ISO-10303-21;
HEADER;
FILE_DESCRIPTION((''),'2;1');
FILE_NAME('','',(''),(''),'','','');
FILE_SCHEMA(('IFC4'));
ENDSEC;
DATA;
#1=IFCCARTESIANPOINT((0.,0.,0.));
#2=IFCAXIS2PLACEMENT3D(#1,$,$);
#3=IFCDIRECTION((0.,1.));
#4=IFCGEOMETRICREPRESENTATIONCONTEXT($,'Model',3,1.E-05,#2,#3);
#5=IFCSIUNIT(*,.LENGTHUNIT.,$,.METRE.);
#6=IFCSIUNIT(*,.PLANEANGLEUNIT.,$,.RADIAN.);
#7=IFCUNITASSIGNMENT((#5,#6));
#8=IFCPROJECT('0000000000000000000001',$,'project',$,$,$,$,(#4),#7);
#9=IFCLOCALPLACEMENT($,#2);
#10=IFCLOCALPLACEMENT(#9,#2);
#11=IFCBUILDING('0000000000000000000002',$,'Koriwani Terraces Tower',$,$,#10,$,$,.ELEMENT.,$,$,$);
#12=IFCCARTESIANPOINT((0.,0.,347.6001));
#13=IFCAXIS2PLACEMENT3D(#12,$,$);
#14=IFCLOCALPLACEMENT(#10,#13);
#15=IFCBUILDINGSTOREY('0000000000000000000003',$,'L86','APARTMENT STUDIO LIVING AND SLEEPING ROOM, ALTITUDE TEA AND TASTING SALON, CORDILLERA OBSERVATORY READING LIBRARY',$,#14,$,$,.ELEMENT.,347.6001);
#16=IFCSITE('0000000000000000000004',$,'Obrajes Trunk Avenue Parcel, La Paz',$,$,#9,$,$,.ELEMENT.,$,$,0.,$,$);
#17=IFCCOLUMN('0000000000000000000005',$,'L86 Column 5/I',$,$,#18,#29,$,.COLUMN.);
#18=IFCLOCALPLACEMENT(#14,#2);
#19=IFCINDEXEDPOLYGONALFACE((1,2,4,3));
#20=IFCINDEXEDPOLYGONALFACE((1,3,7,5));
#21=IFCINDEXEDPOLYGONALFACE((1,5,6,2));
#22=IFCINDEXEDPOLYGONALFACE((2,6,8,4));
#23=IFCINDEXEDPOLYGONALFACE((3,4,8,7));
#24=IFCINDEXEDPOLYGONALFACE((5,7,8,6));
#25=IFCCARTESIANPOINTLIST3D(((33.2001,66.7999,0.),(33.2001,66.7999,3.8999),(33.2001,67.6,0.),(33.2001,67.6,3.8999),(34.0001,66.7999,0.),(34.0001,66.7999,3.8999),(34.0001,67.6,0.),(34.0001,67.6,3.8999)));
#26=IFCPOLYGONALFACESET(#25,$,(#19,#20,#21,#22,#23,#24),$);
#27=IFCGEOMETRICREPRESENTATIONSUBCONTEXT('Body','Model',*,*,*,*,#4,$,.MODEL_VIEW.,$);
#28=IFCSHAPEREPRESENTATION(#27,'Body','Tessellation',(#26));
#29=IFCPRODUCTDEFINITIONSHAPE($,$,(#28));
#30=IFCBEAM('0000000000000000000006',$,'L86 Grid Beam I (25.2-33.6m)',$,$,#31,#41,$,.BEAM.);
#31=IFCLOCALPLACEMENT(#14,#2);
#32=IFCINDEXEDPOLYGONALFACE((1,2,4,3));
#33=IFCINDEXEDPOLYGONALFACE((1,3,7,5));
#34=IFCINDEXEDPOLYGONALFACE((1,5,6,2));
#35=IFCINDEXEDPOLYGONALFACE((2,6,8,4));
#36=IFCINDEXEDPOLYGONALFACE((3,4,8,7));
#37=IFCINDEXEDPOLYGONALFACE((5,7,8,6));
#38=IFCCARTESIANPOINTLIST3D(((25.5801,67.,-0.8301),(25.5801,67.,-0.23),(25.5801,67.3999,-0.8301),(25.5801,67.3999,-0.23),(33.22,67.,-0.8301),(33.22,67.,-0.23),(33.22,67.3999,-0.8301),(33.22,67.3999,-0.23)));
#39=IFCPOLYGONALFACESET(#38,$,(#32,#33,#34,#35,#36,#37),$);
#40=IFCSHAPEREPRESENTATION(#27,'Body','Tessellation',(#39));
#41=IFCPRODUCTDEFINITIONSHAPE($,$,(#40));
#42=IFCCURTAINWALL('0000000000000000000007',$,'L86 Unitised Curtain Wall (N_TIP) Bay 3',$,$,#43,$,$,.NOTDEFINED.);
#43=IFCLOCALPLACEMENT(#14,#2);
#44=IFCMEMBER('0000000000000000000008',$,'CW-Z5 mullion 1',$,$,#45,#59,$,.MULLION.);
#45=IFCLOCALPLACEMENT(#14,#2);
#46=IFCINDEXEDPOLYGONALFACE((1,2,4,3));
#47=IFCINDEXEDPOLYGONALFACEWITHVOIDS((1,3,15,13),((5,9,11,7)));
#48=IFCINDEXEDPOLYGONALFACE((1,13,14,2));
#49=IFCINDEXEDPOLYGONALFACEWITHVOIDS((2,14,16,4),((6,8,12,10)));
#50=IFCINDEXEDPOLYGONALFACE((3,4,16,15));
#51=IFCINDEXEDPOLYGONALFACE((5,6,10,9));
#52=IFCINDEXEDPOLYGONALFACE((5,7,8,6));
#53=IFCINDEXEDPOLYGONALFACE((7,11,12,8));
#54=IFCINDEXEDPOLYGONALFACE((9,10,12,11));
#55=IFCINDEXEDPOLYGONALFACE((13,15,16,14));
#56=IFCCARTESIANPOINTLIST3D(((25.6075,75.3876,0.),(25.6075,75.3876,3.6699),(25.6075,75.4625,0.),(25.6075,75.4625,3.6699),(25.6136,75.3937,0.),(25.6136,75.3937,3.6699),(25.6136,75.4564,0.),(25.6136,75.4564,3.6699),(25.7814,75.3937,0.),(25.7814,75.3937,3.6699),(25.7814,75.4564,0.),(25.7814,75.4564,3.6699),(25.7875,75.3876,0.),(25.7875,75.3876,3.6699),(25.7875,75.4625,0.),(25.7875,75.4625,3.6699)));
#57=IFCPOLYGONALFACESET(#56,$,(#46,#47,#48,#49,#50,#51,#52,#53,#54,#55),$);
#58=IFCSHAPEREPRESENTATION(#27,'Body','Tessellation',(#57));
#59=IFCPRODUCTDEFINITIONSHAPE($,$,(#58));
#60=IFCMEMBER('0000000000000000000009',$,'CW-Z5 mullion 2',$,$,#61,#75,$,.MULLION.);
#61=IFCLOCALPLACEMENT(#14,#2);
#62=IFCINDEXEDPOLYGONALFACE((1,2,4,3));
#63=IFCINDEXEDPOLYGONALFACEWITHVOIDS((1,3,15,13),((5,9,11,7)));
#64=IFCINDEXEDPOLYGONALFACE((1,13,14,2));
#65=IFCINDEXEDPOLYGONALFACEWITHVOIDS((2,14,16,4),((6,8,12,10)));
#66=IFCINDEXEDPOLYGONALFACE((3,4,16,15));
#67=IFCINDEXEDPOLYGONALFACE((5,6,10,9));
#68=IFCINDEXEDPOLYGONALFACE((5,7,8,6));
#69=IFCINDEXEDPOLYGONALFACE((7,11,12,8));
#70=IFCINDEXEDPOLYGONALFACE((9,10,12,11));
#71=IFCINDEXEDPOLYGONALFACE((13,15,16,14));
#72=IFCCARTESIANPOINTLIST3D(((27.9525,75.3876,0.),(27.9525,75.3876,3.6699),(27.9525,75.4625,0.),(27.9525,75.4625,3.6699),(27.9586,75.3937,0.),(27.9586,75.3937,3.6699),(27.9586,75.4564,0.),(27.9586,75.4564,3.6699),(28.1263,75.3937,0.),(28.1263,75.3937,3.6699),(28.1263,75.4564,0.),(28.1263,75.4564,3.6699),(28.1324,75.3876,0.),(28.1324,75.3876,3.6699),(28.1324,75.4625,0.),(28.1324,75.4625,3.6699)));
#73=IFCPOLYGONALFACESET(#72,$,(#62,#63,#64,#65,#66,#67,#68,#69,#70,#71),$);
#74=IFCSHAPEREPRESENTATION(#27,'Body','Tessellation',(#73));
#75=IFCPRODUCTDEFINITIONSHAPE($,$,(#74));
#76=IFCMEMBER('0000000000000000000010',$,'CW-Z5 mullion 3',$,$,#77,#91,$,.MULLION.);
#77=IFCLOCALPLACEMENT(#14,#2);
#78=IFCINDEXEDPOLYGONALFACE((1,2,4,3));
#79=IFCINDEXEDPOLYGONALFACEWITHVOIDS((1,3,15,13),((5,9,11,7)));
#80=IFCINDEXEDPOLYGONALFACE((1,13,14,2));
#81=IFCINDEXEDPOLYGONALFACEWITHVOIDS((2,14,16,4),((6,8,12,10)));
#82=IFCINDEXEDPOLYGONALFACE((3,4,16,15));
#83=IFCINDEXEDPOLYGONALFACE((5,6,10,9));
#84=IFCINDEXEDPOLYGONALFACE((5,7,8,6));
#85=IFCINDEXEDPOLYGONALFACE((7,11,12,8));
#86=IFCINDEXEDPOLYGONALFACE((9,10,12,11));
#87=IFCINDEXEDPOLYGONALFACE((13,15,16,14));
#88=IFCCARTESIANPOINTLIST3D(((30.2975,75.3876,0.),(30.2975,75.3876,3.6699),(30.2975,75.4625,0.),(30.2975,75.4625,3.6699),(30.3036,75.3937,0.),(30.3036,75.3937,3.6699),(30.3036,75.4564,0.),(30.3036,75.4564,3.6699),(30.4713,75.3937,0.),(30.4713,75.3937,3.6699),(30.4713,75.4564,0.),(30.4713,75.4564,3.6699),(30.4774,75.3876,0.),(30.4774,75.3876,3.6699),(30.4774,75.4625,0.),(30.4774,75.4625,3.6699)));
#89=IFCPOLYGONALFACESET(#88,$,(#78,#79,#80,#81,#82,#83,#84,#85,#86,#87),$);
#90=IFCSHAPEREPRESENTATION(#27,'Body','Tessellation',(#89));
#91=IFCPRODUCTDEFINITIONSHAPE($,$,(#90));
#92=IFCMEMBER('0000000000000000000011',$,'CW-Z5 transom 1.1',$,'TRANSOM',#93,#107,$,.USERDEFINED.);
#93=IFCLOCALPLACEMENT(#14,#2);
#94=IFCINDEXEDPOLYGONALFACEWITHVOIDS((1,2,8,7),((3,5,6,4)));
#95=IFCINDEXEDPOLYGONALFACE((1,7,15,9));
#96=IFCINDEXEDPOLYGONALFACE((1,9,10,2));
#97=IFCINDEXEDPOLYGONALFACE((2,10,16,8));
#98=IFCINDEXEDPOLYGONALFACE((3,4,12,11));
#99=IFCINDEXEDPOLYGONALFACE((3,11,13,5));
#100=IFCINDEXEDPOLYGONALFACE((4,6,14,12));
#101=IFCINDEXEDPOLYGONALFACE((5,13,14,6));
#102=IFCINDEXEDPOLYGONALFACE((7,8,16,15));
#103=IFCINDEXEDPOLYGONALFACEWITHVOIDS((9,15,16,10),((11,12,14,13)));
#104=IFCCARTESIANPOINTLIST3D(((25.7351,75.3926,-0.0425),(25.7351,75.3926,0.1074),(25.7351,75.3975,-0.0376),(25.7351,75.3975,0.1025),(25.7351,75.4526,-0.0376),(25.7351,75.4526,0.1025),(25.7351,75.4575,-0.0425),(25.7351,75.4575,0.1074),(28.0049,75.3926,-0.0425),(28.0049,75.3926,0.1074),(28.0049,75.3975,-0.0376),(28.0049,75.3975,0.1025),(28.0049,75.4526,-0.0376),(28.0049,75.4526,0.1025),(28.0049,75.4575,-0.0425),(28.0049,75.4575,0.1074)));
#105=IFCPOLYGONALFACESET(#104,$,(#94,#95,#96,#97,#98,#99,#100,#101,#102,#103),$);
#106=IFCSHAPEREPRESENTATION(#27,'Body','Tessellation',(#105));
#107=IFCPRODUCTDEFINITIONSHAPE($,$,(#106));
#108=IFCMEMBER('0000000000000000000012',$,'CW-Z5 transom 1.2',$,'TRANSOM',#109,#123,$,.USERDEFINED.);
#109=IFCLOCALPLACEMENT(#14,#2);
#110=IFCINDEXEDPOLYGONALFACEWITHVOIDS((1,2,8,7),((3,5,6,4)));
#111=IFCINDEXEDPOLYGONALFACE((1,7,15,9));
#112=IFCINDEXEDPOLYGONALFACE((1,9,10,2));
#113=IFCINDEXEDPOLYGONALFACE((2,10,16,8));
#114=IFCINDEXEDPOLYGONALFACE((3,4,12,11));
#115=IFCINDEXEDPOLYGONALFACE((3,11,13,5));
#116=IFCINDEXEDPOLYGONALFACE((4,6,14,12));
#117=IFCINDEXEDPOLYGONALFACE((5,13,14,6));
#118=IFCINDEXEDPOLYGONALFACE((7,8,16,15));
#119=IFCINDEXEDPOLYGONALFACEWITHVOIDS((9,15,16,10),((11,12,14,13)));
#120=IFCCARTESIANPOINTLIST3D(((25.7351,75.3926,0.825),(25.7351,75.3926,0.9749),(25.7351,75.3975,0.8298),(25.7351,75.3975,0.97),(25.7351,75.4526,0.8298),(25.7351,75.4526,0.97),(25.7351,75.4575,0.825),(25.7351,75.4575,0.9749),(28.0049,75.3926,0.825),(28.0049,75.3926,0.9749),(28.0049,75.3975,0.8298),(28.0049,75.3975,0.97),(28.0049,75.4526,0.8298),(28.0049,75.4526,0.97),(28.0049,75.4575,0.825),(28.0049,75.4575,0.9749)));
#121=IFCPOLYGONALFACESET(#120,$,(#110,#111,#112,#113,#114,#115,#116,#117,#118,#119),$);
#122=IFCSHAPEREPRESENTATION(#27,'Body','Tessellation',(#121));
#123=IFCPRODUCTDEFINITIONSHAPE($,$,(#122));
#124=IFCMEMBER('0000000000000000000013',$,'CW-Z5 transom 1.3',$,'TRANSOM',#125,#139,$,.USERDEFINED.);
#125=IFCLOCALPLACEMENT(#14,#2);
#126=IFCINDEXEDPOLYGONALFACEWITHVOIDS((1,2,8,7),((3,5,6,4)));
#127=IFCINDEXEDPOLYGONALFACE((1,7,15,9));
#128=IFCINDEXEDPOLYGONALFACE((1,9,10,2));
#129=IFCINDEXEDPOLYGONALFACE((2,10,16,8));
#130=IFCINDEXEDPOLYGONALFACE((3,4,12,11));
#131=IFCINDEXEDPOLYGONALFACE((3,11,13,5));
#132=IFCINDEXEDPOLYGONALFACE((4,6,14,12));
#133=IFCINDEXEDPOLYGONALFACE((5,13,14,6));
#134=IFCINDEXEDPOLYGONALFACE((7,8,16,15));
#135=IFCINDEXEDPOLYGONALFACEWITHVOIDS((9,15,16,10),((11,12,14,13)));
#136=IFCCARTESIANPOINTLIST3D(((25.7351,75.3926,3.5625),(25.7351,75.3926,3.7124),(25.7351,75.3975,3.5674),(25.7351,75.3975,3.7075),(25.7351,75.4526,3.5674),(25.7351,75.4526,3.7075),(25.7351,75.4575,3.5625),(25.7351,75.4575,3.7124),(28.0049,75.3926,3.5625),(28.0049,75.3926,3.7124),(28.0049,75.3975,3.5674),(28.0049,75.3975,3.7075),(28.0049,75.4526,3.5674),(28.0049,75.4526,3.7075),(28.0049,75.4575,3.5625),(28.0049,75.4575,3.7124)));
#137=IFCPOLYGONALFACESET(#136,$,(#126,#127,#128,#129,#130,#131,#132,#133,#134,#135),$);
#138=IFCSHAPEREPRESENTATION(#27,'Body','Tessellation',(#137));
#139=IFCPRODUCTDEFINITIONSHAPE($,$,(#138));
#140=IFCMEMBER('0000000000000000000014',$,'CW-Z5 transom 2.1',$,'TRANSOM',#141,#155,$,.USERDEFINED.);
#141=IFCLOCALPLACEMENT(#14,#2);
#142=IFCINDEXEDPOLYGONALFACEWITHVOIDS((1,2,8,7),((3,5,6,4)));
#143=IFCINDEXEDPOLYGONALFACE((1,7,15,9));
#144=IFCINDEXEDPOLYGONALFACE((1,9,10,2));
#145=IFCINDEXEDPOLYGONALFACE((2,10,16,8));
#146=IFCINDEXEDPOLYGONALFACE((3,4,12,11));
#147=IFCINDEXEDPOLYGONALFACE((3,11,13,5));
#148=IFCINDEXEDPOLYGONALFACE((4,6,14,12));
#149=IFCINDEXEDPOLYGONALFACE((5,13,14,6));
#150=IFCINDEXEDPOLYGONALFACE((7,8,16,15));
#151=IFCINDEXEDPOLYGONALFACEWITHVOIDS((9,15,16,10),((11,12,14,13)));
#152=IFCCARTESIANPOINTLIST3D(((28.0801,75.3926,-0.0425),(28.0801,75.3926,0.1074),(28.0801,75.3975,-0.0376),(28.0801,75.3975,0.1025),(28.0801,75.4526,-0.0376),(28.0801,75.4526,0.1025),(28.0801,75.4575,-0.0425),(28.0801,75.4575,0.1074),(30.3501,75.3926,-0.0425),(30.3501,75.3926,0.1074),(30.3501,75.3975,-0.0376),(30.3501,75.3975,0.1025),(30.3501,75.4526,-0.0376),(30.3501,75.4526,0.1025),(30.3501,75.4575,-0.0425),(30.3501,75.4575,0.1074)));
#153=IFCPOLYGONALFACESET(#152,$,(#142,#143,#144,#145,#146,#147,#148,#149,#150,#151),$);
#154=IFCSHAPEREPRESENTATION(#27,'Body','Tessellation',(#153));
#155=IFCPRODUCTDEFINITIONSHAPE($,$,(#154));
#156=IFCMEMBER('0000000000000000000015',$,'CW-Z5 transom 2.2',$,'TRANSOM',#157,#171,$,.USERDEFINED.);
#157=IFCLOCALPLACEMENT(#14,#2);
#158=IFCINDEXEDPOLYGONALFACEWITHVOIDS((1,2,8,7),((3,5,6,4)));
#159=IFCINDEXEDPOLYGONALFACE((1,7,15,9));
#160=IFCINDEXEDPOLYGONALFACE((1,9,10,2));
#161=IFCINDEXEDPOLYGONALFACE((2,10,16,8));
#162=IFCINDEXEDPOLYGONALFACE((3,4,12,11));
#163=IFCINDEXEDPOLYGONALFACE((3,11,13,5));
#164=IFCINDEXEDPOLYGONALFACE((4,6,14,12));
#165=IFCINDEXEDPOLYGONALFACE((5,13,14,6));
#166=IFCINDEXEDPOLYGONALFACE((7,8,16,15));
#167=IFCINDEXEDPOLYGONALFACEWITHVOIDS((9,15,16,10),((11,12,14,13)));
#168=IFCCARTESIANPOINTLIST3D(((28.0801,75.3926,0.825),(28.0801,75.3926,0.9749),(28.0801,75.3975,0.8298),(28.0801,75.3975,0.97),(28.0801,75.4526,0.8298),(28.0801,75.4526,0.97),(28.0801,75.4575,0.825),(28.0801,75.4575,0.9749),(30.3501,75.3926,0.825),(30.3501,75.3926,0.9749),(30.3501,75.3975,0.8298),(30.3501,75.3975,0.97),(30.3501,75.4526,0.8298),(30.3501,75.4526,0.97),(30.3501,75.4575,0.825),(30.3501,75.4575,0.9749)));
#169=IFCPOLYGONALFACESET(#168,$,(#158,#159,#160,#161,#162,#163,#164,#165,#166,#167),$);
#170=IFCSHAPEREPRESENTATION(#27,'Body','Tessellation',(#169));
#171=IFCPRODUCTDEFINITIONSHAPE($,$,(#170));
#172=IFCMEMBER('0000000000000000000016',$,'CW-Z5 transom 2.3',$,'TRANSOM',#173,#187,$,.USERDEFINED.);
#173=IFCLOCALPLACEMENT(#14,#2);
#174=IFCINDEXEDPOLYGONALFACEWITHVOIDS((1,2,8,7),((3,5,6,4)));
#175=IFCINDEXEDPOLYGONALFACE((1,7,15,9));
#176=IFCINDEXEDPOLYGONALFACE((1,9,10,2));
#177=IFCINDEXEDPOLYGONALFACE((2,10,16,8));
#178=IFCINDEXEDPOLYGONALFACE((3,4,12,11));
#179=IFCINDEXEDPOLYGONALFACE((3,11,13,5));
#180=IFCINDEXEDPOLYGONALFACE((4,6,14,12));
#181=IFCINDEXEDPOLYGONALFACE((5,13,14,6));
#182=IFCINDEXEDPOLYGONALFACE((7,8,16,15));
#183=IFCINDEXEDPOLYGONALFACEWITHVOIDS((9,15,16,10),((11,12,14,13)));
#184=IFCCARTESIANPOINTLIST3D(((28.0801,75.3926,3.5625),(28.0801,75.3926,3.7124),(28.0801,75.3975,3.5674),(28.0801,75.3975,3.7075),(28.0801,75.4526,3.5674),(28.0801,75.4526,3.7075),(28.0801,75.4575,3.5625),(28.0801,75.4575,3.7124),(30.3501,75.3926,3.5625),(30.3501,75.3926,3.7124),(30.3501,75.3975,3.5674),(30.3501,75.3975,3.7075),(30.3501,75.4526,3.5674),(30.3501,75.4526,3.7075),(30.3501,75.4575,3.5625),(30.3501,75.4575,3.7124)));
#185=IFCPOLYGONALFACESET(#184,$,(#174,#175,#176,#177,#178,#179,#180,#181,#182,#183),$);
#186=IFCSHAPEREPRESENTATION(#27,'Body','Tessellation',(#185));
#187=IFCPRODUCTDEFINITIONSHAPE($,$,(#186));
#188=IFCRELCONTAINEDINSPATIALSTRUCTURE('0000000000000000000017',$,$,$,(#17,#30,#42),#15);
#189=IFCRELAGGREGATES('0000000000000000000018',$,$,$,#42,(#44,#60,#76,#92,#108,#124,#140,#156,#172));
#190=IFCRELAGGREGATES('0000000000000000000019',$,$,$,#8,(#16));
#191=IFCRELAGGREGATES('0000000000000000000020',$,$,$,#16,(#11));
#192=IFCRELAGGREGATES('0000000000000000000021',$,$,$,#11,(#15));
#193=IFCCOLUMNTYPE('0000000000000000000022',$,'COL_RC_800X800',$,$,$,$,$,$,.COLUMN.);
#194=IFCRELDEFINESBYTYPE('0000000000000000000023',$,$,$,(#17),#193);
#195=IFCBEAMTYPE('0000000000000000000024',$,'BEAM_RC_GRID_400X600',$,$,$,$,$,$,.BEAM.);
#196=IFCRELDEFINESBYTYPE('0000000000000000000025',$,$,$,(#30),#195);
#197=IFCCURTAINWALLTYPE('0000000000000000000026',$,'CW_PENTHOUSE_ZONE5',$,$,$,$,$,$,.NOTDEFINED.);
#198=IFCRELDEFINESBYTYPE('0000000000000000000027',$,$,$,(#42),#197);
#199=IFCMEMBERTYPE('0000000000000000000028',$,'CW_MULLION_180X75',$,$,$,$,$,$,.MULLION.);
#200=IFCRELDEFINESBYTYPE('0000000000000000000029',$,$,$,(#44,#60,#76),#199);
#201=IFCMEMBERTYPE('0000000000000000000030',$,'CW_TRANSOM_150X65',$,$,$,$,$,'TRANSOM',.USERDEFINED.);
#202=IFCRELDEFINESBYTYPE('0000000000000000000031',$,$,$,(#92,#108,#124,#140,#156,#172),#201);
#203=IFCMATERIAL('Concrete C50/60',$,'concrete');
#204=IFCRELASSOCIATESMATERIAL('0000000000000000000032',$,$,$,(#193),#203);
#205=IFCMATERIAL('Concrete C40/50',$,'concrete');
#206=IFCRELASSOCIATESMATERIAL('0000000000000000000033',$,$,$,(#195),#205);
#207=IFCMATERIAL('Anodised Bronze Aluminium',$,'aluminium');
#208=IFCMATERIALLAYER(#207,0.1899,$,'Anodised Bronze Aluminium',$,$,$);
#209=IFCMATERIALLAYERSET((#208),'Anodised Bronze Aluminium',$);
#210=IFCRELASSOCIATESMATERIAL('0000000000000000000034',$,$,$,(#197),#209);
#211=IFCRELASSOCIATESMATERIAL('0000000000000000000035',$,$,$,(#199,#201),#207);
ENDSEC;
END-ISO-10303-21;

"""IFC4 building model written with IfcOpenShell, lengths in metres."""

from ifc_helpers import new_model, si_unit, direction, frame, origin, origin_2d, place, context, subcontext, project, spatial, rectangle, hollow_rectangle, extrude, material, layer, layer_set, material_profile, profile_set, type_object, element, aggregate, save


model = new_model("IFC4")

# Units and contexts
model_context = context("Model", 3, precision=1e-05, world=origin(), true_north=direction((0.0, 1.0)))
body_context = subcontext(model_context, "Body", "Model", "MODEL_VIEW")
ifc_project = project(units=[si_unit("LENGTHUNIT", "METRE"), si_unit("PLANEANGLEUNIT", "RADIAN")], contexts=[model_context])

# Site, building, storey
site_placement = place(None, origin())
site = spatial("IfcSite", under=ifc_project, at=site_placement, Name="Obrajes Trunk Avenue Parcel, La Paz", CompositionType="ELEMENT", RefElevation=0.0)
building_placement = place(site_placement, origin())
building = spatial("IfcBuilding", under=site, at=building_placement, Name="Koriwani Terraces Tower", CompositionType="ELEMENT")
storey_placement = place(building_placement, frame((0.0, 0.0, 347.6001)))
storey = spatial("IfcBuildingStorey", under=building, at=storey_placement, Name="L86", Description="APARTMENT STUDIO LIVING AND SLEEPING ROOM, ALTITUDE TEA AND TASTING SALON, CORDILLERA OBSERVATORY READING LIBRARY", CompositionType="ELEMENT", Elevation=347.6001)

# Column
ifc_material_1 = material(Name="Concrete C50/60", Category="concrete")
ifc_material_profile_1 = material_profile(ifc_material_1, rectangle(XDim=0.8, YDim=0.8, at=origin_2d()), Name="Concrete C50/60", Category="LoadBearing")
ifc_profile_set_1 = profile_set([ifc_material_profile_1], Name="Concrete C50/60")
column_type = type_object("IfcColumnType", Name="COL_RC_800X800", PredefinedType="COLUMN", material=ifc_profile_set_1)
column_placement = place(storey_placement, frame((33.6001, 67.2, 0.0), z_axis=(0.0, 0.0, 1.0), x_axis=(1.0, 0.0, 0.0)))
element("IfcColumn", 1, at=column_placement, inside=storey, type_object=column_type, Name="L86 Column 5/I", PredefinedType="COLUMN", context=body_context, shape_type="SweptSolid", body=[
    extrude(rectangle(XDim=0.8, YDim=0.8, at=origin_2d()), origin(), (0.0, 0.0, 1.0), 3.8999),
])

# Beam
ifc_material_2 = material(Name="Concrete C40/50", Category="concrete")
ifc_material_profile_2 = material_profile(ifc_material_2, rectangle(XDim=0.3999, YDim=0.6001, at=origin_2d()), Name="Concrete C40/50", Category="LoadBearing")
ifc_profile_set_2 = profile_set([ifc_material_profile_2], Name="Concrete C40/50")
beam_type = type_object("IfcBeamType", Name="BEAM_RC_GRID_400X600", PredefinedType="BEAM", material=ifc_profile_set_2)
beam_placement = place(storey_placement, frame((25.5801, 67.2, -0.53), z_axis=(1.0, 0.0, 0.0), x_axis=(0.0, 1.0, 0.0)))
element("IfcBeam", 2, at=beam_placement, inside=storey, type_object=beam_type, Name="L86 Grid Beam I (25.2-33.6m)", PredefinedType="BEAM", context=body_context, shape_type="SweptSolid", body=[
    extrude(rectangle(XDim=0.3999, YDim=0.6001, at=origin_2d()), origin(), (0.0, 0.0, 1.0), 7.6399),
])

# Curtain wall, members
ifc_material_3 = material(Name="Anodised Bronze Aluminium", Category="aluminium")
ifc_layer_1 = layer(ifc_material_3, 0.1899, Name="Anodised Bronze Aluminium")
ifc_layer_set_1 = layer_set([ifc_layer_1], Name="Anodised Bronze Aluminium")
curtain_wall_type = type_object("IfcCurtainWallType", Name="CW_PENTHOUSE_ZONE5", PredefinedType="NOTDEFINED", material=ifc_layer_set_1)
curtain_wall_placement = place(storey_placement, origin())
curtain_wall = element("IfcCurtainWall", 3, at=curtain_wall_placement, inside=storey, type_object=curtain_wall_type, Name="L86 Unitised Curtain Wall (N_TIP) Bay 3", PredefinedType="NOTDEFINED")
ifc_material_profile_3 = material_profile(ifc_material_3, hollow_rectangle(XDim=0.075, YDim=0.1799, WallThickness=0.0061, at=origin_2d()), Name="Anodised Bronze Aluminium", Category="LoadBearing")
ifc_profile_set_3 = profile_set([ifc_material_profile_3], Name="Anodised Bronze Aluminium")
member_type_1 = type_object("IfcMemberType", Name="CW_MULLION_180X75", PredefinedType="MULLION", material=ifc_profile_set_3)
member_1_placement = place(storey_placement, frame((25.6975, 75.425, 0.0), z_axis=(0.0, 0.0, 1.0), x_axis=(0.0, 1.0, 0.0)))
member_1 = element("IfcMember", 4, at=member_1_placement, type_object=member_type_1, Name="CW-Z5 mullion 1", PredefinedType="MULLION", context=body_context, shape_type="SweptSolid", body=[
    extrude(hollow_rectangle(XDim=0.075, YDim=0.1799, WallThickness=0.0061, at=origin_2d()), origin(), (0.0, 0.0, 1.0), 3.6699),
])
member_2_placement = place(storey_placement, frame((28.0425, 75.425, 0.0), z_axis=(0.0, 0.0, 1.0), x_axis=(0.0, 1.0, 0.0)))
member_2 = element("IfcMember", 5, at=member_2_placement, type_object=member_type_1, Name="CW-Z5 mullion 2", PredefinedType="MULLION", context=body_context, shape_type="SweptSolid", body=[
    extrude(hollow_rectangle(XDim=0.075, YDim=0.1799, WallThickness=0.0061, at=origin_2d()), origin(), (0.0, 0.0, 1.0), 3.6699),
])
member_3_placement = place(storey_placement, frame((30.3875, 75.425, 0.0), z_axis=(0.0, 0.0, 1.0), x_axis=(0.0, 1.0, 0.0)))
member_3 = element("IfcMember", 6, at=member_3_placement, type_object=member_type_1, Name="CW-Z5 mullion 3", PredefinedType="MULLION", context=body_context, shape_type="SweptSolid", body=[
    extrude(hollow_rectangle(XDim=0.075, YDim=0.1799, WallThickness=0.0061, at=origin_2d()), origin(), (0.0, 0.0, 1.0), 3.6699),
])
ifc_material_profile_4 = material_profile(ifc_material_3, hollow_rectangle(XDim=0.0649, YDim=0.1499, WallThickness=0.0049, at=origin_2d()), Name="Anodised Bronze Aluminium", Category="LoadBearing")
ifc_profile_set_4 = profile_set([ifc_material_profile_4], Name="Anodised Bronze Aluminium")
member_type_2 = type_object("IfcMemberType", Name="CW_TRANSOM_150X65", ElementType="TRANSOM", PredefinedType="USERDEFINED", material=ifc_profile_set_4)
member_4_placement = place(storey_placement, frame((25.7351, 75.425, 0.0325), z_axis=(1.0, 0.0, 0.0), x_axis=(0.0, 1.0, 0.0)))
member_4 = element("IfcMember", 7, at=member_4_placement, type_object=member_type_2, Name="CW-Z5 transom 1.1", ObjectType="TRANSOM", PredefinedType="USERDEFINED", context=body_context, shape_type="SweptSolid", body=[
    extrude(hollow_rectangle(XDim=0.0649, YDim=0.1499, WallThickness=0.0049, at=origin_2d()), origin(), (0.0, 0.0, 1.0), 2.2698),
])
member_5_placement = place(storey_placement, frame((25.7351, 75.425, 0.8999), z_axis=(1.0, 0.0, 0.0), x_axis=(0.0, 1.0, 0.0)))
member_5 = element("IfcMember", 8, at=member_5_placement, type_object=member_type_2, Name="CW-Z5 transom 1.2", ObjectType="TRANSOM", PredefinedType="USERDEFINED", context=body_context, shape_type="SweptSolid", body=[
    extrude(hollow_rectangle(XDim=0.0649, YDim=0.1499, WallThickness=0.0049, at=origin_2d()), origin(), (0.0, 0.0, 1.0), 2.2698),
])
member_6_placement = place(storey_placement, frame((25.7351, 75.425, 3.6375), z_axis=(1.0, 0.0, 0.0), x_axis=(0.0, 1.0, 0.0)))
member_6 = element("IfcMember", 9, at=member_6_placement, type_object=member_type_2, Name="CW-Z5 transom 1.3", ObjectType="TRANSOM", PredefinedType="USERDEFINED", context=body_context, shape_type="SweptSolid", body=[
    extrude(hollow_rectangle(XDim=0.0649, YDim=0.1499, WallThickness=0.0049, at=origin_2d()), origin(), (0.0, 0.0, 1.0), 2.2698),
])
member_7_placement = place(storey_placement, frame((28.0801, 75.425, 0.0325), z_axis=(1.0, 0.0, 0.0), x_axis=(0.0, 1.0, 0.0)))
member_7 = element("IfcMember", 10, at=member_7_placement, type_object=member_type_2, Name="CW-Z5 transom 2.1", ObjectType="TRANSOM", PredefinedType="USERDEFINED", context=body_context, shape_type="SweptSolid", body=[
    extrude(hollow_rectangle(XDim=0.0649, YDim=0.1499, WallThickness=0.0049, at=origin_2d()), origin(), (0.0, 0.0, 1.0), 2.27),
])
member_8_placement = place(storey_placement, frame((28.0801, 75.425, 0.8999), z_axis=(1.0, 0.0, 0.0), x_axis=(0.0, 1.0, 0.0)))
member_8 = element("IfcMember", 11, at=member_8_placement, type_object=member_type_2, Name="CW-Z5 transom 2.2", ObjectType="TRANSOM", PredefinedType="USERDEFINED", context=body_context, shape_type="SweptSolid", body=[
    extrude(hollow_rectangle(XDim=0.0649, YDim=0.1499, WallThickness=0.0049, at=origin_2d()), origin(), (0.0, 0.0, 1.0), 2.27),
])
member_9_placement = place(storey_placement, frame((28.0801, 75.425, 3.6375), z_axis=(1.0, 0.0, 0.0), x_axis=(0.0, 1.0, 0.0)))
member_9 = element("IfcMember", 12, at=member_9_placement, type_object=member_type_2, Name="CW-Z5 transom 2.3", ObjectType="TRANSOM", PredefinedType="USERDEFINED", context=body_context, shape_type="SweptSolid", body=[
    extrude(hollow_rectangle(XDim=0.0649, YDim=0.1499, WallThickness=0.0049, at=origin_2d()), origin(), (0.0, 0.0, 1.0), 2.27),
])
aggregate(curtain_wall, [member_1, member_2, member_3, member_4, member_5, member_6, member_7, member_8, member_9])

save(model, "model.ifc")
